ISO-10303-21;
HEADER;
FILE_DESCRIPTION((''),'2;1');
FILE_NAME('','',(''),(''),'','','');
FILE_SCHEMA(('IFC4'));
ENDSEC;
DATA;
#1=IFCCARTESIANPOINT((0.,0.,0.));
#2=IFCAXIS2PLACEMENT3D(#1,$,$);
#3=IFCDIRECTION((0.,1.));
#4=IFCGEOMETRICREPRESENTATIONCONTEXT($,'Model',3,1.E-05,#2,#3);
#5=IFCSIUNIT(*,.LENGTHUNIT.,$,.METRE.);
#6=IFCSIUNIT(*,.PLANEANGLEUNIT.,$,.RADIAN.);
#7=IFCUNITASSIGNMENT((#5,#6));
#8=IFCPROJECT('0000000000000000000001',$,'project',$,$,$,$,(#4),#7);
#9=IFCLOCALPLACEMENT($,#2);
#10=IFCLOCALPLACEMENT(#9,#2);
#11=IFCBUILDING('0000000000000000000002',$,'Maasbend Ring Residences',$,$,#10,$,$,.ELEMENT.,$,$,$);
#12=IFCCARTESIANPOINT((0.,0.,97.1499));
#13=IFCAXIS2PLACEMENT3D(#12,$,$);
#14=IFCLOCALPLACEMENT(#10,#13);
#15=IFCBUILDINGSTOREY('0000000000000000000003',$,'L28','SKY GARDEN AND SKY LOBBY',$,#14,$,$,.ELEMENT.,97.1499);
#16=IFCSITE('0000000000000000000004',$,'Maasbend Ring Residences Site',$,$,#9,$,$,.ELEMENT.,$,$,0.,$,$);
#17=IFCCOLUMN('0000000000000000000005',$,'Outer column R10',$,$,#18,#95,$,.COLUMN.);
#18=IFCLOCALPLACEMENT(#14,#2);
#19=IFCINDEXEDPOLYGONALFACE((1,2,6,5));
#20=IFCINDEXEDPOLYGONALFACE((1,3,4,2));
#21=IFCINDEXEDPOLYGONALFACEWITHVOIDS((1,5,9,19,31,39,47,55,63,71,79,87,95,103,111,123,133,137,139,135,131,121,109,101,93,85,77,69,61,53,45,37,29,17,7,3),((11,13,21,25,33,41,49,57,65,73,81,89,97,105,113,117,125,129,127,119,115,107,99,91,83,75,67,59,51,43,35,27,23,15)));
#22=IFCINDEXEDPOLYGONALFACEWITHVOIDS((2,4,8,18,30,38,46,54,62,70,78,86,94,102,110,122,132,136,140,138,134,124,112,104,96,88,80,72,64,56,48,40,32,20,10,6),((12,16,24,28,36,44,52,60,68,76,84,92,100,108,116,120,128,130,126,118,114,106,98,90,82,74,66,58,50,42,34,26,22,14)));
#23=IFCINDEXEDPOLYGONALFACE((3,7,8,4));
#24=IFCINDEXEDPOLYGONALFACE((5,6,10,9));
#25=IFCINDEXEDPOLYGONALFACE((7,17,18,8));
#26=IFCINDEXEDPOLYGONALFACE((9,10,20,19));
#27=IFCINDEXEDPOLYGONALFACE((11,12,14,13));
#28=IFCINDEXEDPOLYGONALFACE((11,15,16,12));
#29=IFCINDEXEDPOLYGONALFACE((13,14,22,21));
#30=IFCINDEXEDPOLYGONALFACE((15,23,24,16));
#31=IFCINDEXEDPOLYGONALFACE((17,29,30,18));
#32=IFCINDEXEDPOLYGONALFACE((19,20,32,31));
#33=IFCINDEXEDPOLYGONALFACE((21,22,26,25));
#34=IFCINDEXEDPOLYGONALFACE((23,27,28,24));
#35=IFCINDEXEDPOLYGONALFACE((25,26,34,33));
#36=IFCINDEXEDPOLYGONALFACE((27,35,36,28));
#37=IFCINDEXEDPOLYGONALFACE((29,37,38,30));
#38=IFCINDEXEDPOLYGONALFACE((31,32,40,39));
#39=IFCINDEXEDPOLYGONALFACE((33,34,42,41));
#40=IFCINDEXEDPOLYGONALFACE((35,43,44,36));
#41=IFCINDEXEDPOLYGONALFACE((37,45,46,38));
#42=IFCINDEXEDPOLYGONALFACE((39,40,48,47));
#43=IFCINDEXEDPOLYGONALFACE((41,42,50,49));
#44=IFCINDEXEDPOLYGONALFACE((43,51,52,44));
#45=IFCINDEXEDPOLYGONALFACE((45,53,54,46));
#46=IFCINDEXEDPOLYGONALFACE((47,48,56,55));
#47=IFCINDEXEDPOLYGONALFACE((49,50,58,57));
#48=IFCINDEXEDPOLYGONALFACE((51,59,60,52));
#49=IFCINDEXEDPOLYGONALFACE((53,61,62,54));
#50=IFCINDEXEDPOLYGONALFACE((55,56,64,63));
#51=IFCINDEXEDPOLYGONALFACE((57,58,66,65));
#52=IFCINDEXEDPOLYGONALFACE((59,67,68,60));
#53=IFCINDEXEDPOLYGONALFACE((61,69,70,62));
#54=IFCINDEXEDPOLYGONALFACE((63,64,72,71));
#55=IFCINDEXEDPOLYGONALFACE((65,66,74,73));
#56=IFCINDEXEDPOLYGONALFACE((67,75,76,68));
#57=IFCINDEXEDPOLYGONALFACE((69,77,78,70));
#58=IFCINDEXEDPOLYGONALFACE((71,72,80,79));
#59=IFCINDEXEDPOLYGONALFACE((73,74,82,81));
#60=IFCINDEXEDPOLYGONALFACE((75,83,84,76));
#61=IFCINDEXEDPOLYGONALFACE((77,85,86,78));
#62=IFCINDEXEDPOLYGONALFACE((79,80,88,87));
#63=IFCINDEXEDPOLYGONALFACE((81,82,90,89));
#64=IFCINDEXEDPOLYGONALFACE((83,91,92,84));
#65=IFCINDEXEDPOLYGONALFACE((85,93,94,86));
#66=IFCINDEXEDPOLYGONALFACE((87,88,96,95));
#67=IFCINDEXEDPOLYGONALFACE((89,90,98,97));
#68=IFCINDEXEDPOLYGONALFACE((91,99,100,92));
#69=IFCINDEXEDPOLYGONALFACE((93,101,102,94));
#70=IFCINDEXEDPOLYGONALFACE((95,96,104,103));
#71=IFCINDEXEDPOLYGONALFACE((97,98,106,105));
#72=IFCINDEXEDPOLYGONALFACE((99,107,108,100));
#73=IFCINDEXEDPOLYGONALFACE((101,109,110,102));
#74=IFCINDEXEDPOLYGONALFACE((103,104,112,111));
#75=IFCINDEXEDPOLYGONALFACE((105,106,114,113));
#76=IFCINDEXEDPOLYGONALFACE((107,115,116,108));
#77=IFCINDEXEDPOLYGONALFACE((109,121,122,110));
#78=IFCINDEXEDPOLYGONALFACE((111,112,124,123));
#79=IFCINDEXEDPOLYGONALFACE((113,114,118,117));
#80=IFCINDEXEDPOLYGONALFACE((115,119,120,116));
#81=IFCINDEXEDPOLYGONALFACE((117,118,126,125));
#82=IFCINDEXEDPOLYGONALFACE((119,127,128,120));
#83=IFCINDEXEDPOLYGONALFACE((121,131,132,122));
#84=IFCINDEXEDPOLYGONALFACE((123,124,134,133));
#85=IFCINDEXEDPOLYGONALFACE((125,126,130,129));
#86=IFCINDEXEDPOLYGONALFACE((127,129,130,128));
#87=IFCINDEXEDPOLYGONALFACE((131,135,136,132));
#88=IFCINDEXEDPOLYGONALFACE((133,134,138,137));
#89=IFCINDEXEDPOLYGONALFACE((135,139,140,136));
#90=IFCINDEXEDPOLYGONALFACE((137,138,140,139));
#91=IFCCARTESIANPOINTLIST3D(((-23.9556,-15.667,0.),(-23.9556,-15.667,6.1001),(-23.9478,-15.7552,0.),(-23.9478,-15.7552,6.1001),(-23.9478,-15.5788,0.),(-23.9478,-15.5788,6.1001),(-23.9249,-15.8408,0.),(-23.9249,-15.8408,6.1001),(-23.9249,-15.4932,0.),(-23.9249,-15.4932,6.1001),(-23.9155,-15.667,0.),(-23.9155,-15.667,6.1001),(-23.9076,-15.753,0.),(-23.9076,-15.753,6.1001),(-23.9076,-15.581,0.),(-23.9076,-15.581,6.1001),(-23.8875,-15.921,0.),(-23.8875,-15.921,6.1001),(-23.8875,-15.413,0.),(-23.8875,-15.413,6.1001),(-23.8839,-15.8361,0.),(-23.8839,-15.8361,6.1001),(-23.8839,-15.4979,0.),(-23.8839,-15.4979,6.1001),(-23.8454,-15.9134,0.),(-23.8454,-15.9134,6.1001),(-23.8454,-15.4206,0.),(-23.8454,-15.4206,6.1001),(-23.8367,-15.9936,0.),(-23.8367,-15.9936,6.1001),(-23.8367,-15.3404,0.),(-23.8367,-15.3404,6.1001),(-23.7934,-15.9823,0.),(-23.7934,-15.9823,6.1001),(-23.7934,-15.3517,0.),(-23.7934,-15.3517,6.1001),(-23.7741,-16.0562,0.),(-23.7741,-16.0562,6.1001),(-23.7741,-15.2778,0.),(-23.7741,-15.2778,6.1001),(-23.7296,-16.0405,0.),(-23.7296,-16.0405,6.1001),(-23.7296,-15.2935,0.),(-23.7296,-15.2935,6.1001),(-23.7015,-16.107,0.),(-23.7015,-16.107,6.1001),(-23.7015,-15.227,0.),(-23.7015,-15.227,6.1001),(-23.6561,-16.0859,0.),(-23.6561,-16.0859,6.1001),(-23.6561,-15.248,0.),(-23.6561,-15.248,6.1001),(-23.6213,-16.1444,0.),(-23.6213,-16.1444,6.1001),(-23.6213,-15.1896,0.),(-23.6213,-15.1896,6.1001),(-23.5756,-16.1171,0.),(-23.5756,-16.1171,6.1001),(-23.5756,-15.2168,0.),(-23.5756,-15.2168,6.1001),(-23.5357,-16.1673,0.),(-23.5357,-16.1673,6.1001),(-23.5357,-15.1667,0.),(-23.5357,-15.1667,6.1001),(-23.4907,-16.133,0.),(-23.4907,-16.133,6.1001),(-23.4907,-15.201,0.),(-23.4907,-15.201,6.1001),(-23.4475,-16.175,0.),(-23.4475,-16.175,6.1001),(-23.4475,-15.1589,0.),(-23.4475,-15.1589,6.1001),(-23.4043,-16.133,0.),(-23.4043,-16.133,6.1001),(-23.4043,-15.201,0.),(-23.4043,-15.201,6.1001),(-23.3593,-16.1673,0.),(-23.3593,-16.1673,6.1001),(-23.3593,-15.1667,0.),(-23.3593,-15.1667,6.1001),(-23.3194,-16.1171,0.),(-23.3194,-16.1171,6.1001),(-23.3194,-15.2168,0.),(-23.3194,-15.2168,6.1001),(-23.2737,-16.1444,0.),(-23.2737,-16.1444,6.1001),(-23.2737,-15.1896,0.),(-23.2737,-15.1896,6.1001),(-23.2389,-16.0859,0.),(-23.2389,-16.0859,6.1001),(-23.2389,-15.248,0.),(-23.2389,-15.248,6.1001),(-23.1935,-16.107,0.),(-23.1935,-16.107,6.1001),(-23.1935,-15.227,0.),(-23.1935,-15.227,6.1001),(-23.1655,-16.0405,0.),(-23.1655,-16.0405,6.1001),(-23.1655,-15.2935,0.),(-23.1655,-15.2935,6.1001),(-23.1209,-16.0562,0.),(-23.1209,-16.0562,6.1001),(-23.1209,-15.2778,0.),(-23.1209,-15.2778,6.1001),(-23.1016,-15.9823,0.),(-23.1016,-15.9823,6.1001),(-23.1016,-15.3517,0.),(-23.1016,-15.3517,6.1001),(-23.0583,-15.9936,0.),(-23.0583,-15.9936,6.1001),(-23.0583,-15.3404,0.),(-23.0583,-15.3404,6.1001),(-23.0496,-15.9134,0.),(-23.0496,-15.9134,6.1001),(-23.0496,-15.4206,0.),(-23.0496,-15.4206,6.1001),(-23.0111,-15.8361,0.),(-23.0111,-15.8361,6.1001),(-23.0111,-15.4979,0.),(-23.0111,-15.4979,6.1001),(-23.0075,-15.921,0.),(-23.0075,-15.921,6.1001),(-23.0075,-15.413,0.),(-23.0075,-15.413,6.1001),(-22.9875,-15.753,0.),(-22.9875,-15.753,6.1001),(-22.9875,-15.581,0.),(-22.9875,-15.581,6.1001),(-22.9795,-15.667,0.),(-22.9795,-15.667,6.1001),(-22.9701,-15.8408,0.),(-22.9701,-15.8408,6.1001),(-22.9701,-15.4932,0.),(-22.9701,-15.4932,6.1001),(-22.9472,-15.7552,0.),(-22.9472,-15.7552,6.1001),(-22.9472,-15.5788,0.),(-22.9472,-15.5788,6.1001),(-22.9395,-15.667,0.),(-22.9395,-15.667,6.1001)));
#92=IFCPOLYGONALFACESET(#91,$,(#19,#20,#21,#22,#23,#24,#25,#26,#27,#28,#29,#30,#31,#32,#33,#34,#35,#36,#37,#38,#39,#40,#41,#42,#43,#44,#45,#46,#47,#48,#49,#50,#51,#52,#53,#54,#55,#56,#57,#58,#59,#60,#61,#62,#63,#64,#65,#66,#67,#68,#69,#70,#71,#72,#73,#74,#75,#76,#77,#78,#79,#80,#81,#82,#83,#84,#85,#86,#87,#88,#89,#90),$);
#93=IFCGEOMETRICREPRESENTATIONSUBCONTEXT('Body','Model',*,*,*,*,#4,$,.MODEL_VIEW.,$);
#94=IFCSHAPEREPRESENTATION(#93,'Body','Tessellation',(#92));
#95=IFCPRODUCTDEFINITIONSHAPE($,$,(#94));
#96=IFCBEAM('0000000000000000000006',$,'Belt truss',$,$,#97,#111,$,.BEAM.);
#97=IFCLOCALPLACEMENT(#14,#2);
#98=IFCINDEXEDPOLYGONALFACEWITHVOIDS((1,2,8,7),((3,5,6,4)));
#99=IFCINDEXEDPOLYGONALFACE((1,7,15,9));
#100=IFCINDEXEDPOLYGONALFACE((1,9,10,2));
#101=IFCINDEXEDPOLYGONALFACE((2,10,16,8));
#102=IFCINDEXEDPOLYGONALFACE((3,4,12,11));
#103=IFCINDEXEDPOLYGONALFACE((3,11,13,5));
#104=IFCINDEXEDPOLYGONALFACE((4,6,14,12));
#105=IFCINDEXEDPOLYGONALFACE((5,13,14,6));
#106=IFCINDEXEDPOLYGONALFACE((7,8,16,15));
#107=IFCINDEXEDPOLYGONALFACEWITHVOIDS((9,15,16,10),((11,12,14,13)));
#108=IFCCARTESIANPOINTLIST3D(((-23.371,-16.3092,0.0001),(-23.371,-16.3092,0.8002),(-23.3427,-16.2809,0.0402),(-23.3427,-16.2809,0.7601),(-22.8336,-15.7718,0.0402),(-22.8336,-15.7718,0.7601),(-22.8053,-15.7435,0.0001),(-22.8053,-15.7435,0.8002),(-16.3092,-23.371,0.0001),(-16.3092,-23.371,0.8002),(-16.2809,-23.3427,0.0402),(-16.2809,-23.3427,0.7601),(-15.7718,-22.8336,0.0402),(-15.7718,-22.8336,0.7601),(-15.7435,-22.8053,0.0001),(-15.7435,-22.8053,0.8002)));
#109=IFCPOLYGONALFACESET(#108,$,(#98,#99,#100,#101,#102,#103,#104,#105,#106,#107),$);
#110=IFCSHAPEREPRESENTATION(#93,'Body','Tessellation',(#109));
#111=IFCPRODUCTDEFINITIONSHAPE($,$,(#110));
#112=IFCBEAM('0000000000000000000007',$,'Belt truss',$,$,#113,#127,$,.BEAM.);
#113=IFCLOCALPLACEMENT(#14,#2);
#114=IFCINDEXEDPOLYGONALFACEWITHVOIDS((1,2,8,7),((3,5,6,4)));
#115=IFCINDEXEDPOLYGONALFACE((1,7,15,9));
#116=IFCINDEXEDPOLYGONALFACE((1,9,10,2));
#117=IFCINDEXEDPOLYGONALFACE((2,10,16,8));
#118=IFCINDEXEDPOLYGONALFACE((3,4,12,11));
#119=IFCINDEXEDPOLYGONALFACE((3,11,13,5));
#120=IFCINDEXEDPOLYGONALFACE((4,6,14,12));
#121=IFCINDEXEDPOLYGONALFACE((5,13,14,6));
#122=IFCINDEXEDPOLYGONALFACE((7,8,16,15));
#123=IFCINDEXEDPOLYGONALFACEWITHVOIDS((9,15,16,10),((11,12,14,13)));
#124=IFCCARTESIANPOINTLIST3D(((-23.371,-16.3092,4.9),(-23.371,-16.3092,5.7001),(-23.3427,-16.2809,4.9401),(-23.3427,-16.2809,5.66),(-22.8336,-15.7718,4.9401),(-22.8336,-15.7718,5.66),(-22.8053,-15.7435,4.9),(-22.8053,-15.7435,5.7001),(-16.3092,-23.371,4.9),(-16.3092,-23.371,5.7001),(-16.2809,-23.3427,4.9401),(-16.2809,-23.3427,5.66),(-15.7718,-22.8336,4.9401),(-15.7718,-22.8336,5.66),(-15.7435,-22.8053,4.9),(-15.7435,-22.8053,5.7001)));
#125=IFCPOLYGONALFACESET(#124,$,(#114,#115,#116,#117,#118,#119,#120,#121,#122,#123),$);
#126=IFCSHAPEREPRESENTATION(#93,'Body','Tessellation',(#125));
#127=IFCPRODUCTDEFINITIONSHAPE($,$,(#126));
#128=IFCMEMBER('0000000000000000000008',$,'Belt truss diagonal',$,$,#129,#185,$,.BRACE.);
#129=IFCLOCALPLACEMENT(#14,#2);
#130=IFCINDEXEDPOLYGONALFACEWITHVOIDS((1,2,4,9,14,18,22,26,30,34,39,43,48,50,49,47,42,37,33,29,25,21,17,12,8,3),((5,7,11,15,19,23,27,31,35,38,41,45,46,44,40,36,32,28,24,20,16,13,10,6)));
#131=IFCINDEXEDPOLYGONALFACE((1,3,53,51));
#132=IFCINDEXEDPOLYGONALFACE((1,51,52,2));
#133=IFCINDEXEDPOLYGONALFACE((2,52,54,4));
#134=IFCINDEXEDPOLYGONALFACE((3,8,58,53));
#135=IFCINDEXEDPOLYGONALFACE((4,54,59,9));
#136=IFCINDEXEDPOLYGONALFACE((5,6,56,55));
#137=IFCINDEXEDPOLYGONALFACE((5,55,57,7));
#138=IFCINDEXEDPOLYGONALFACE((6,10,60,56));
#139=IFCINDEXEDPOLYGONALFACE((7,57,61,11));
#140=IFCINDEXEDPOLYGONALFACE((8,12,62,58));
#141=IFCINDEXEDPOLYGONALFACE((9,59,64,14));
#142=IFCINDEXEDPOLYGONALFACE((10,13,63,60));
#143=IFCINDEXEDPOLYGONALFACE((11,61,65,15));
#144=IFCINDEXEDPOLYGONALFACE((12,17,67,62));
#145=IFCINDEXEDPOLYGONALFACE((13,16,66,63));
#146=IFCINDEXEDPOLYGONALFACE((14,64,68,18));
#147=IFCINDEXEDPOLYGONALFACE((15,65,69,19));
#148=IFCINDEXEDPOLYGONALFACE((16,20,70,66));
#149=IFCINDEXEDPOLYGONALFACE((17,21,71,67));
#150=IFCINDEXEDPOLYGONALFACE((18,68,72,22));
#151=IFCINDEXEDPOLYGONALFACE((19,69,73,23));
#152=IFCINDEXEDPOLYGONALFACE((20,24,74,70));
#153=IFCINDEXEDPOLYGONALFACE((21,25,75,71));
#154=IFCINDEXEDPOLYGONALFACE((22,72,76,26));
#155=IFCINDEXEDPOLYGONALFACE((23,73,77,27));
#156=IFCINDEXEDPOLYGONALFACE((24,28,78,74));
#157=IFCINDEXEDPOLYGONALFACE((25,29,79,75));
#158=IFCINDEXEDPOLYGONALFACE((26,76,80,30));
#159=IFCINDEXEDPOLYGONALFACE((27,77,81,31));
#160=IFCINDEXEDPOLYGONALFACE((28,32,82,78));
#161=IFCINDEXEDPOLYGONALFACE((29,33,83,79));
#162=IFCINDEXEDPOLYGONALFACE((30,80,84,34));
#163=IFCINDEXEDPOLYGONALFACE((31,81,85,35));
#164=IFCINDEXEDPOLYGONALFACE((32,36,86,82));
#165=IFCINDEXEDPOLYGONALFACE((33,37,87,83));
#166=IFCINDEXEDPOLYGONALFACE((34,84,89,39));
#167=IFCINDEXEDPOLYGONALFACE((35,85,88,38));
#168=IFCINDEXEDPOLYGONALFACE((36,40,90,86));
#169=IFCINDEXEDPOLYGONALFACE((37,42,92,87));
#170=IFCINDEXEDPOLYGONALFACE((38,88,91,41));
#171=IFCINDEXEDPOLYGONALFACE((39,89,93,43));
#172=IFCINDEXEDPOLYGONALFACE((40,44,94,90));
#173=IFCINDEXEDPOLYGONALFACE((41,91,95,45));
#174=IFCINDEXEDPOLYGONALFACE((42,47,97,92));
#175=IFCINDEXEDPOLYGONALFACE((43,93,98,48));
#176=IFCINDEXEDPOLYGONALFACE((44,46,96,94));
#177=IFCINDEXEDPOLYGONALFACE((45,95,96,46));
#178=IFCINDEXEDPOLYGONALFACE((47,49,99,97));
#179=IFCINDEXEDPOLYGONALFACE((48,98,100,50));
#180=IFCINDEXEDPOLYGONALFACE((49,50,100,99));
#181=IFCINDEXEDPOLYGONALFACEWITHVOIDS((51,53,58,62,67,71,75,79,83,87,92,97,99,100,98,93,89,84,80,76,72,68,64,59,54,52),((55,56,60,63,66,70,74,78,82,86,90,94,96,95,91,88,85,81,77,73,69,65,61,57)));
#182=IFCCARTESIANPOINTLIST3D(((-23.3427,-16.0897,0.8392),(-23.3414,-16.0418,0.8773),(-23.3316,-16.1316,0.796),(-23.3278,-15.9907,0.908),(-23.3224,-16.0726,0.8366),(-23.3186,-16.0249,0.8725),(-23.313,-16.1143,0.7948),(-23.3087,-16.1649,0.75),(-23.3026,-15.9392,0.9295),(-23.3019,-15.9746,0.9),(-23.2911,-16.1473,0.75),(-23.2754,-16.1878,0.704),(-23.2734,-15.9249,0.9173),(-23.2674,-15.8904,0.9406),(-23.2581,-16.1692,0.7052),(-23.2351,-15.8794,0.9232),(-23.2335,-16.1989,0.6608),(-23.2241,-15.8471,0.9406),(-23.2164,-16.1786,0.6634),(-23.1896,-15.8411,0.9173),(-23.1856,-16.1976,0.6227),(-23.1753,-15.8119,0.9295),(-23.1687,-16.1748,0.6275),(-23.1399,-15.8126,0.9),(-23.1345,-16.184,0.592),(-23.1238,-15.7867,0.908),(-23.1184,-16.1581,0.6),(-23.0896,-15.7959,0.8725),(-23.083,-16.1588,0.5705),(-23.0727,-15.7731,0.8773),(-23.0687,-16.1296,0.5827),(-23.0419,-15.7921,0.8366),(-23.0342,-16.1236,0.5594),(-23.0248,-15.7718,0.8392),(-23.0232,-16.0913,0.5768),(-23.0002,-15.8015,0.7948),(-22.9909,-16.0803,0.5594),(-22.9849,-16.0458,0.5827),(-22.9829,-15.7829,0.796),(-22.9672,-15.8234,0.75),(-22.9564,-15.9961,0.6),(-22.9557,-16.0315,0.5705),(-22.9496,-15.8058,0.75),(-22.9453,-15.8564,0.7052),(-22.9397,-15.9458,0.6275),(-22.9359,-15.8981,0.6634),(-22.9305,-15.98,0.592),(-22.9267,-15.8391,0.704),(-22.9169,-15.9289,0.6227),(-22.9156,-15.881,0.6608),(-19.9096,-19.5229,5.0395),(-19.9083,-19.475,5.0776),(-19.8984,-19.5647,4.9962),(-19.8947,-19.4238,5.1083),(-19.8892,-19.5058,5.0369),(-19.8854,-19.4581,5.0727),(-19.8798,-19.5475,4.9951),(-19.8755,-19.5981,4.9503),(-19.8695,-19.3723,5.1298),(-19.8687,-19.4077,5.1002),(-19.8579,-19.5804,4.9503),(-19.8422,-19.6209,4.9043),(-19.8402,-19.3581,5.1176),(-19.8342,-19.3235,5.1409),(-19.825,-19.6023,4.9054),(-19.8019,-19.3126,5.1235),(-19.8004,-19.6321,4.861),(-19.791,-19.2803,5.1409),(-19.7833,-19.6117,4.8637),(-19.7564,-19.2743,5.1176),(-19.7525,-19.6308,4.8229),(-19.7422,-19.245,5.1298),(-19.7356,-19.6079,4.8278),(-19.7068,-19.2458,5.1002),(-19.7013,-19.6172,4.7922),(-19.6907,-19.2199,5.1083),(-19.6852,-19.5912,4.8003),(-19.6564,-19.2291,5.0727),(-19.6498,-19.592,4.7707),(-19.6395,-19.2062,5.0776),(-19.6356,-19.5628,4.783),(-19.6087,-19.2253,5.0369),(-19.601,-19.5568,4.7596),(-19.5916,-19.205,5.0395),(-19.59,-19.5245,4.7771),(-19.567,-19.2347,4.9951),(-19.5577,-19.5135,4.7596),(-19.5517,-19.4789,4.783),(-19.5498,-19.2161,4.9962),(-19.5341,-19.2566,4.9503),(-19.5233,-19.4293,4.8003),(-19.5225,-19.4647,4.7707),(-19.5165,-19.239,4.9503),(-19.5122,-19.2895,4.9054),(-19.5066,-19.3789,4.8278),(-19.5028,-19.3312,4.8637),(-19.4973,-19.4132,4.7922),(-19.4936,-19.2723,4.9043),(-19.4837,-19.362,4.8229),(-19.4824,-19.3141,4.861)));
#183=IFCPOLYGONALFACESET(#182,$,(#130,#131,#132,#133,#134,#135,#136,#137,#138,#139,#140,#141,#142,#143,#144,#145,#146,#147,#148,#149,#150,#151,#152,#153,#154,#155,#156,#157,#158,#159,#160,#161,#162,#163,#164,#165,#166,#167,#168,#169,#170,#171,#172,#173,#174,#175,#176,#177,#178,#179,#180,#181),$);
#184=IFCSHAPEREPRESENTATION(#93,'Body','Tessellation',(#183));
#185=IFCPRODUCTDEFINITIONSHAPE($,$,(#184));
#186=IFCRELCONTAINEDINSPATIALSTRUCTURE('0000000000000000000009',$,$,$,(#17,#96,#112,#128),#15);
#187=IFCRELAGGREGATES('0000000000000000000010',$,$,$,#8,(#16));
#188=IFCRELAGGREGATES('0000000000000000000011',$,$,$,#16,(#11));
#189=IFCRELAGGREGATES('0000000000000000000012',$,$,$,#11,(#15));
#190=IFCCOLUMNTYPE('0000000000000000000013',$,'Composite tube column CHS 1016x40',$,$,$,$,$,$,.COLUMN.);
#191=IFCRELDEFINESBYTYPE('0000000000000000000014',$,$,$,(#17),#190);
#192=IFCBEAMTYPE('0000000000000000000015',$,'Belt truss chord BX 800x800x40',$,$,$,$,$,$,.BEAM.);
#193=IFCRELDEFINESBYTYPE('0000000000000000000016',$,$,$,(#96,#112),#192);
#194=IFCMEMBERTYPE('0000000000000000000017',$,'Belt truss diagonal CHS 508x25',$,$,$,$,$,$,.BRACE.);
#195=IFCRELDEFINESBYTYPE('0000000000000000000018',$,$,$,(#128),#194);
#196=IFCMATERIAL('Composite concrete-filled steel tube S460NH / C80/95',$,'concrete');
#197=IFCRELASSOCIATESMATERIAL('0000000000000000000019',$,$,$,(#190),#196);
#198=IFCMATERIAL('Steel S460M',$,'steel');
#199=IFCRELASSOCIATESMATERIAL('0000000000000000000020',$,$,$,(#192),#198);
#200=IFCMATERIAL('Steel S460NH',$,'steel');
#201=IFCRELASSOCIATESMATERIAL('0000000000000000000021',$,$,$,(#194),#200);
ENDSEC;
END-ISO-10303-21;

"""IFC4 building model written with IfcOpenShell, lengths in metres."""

from ifc_helpers import new_model, si_unit, direction, frame, origin, origin_2d, place, context, subcontext, project, spatial, hollow_rectangle, hollow_circle, extrude, material, material_profile, profile_set, type_object, element, save


model = new_model("IFC4")

# Units and contexts
model_context = context("Model", 3, precision=1e-05, world=origin(), true_north=direction((0.0, 1.0)))
body_context = subcontext(model_context, "Body", "Model", "MODEL_VIEW")
ifc_project = project(units=[si_unit("LENGTHUNIT", "METRE"), si_unit("PLANEANGLEUNIT", "RADIAN")], contexts=[model_context])

# Site, building, storey
site_placement = place(None, origin())
site = spatial("IfcSite", under=ifc_project, at=site_placement, Name="Maasbend Ring Residences Site", CompositionType="ELEMENT", RefElevation=0.0)
building_placement = place(site_placement, origin())
building = spatial("IfcBuilding", under=site, at=building_placement, Name="Maasbend Ring Residences", CompositionType="ELEMENT")
storey_placement = place(building_placement, frame((0.0, 0.0, 97.1499)))
storey = spatial("IfcBuildingStorey", under=building, at=storey_placement, Name="L28", Description="SKY GARDEN AND SKY LOBBY", CompositionType="ELEMENT", Elevation=97.1499)

# Column
ifc_material_1 = material(Name="Composite concrete-filled steel tube S460NH / C80/95", Category="concrete")
ifc_material_profile_1 = material_profile(ifc_material_1, hollow_circle(Radius=0.5081, WallThickness=0.04, at=origin_2d()), Name="Composite tube column CHS 1016x40")
ifc_profile_set_1 = profile_set([ifc_material_profile_1], Name="Composite concrete-filled steel tube S460NH / C80/95")
column_type = type_object("IfcColumnType", Name="Composite tube column CHS 1016x40", PredefinedType="COLUMN", material=ifc_profile_set_1)
column_placement = place(storey_placement, frame((-23.4475, -15.667, 0.0), z_axis=(0.0, 0.0, 1.0), x_axis=(1.0, 0.0, 0.0)))
element("IfcColumn", 1, at=column_placement, inside=storey, type_object=column_type, Name="Outer column R10", PredefinedType="COLUMN", context=body_context, shape_type="SweptSolid", body=[
    extrude(hollow_circle(Radius=0.5081, WallThickness=0.04, at=origin_2d()), origin(), (0.0, 0.0, 1.0), 6.1001),
])

# Beams
ifc_material_2 = material(Name="Steel S460M", Category="steel")
ifc_material_profile_2 = material_profile(ifc_material_2, hollow_rectangle(XDim=0.8, YDim=0.8, WallThickness=0.04, at=origin_2d()), Name="Belt truss chord BX 800x800x40")
ifc_profile_set_2 = profile_set([ifc_material_profile_2], Name="Steel S460M")
beam_type_1 = type_object("IfcBeamType", Name="Belt truss chord BX 800x800x40", PredefinedType="BEAM", material=ifc_profile_set_2)
for number, where, z_axis, x_axis, name in (
    (2, (-23.0881, -16.0264, 0.4001), (0.707107, -0.707107, 0.0), (0.707107, 0.707107, 0.0), "Belt truss"),
    (3, (-23.0881, -16.0264, 5.3), (0.707107, -0.707107, 0.0), (0.707107, 0.707107, 0.0), "Belt truss"),
):
    element("IfcBeam", number, at=place(storey_placement, frame(where, z_axis=z_axis, x_axis=x_axis)), inside=storey, type_object=beam_type_1, Name=name, PredefinedType="BEAM", context=body_context, shape_type="SweptSolid", body=[
        extrude(hollow_rectangle(XDim=0.8, YDim=0.8, WallThickness=0.04, at=origin_2d()), origin(), (0.0, 0.0, 1.0), 9.9868),
    ])

# Member
ifc_material_3 = material(Name="Steel S460NH", Category="steel")
ifc_material_profile_3 = material_profile(ifc_material_3, hollow_circle(Radius=0.2539, WallThickness=0.0249, at=origin_2d()), Name="Belt truss diagonal CHS 508x25")
ifc_profile_set_3 = profile_set([ifc_material_profile_3], Name="Steel S460NH")
member_type_1 = type_object("IfcMemberType", Name="Belt truss diagonal CHS 508x25", PredefinedType="BRACE", material=ifc_profile_set_3)
for number, where, z_axis, x_axis, name in (
    (4, (-23.1292, -15.9854, 0.75), (0.534767, -0.534767, 0.654255), (0.707107, 0.707107, 0.0), "Belt truss diagonal"),
):
    element("IfcMember", number, at=place(storey_placement, frame(where, z_axis=z_axis, x_axis=x_axis)), inside=storey, type_object=member_type_1, Name=name, PredefinedType="BRACE", context=body_context, shape_type="SweptSolid", body=[
        extrude(hollow_circle(Radius=0.2539, WallThickness=0.0249, at=origin_2d()), origin(), (0.0, 0.0, 1.0), 6.4199),
    ])

save(model, "model.ifc")
